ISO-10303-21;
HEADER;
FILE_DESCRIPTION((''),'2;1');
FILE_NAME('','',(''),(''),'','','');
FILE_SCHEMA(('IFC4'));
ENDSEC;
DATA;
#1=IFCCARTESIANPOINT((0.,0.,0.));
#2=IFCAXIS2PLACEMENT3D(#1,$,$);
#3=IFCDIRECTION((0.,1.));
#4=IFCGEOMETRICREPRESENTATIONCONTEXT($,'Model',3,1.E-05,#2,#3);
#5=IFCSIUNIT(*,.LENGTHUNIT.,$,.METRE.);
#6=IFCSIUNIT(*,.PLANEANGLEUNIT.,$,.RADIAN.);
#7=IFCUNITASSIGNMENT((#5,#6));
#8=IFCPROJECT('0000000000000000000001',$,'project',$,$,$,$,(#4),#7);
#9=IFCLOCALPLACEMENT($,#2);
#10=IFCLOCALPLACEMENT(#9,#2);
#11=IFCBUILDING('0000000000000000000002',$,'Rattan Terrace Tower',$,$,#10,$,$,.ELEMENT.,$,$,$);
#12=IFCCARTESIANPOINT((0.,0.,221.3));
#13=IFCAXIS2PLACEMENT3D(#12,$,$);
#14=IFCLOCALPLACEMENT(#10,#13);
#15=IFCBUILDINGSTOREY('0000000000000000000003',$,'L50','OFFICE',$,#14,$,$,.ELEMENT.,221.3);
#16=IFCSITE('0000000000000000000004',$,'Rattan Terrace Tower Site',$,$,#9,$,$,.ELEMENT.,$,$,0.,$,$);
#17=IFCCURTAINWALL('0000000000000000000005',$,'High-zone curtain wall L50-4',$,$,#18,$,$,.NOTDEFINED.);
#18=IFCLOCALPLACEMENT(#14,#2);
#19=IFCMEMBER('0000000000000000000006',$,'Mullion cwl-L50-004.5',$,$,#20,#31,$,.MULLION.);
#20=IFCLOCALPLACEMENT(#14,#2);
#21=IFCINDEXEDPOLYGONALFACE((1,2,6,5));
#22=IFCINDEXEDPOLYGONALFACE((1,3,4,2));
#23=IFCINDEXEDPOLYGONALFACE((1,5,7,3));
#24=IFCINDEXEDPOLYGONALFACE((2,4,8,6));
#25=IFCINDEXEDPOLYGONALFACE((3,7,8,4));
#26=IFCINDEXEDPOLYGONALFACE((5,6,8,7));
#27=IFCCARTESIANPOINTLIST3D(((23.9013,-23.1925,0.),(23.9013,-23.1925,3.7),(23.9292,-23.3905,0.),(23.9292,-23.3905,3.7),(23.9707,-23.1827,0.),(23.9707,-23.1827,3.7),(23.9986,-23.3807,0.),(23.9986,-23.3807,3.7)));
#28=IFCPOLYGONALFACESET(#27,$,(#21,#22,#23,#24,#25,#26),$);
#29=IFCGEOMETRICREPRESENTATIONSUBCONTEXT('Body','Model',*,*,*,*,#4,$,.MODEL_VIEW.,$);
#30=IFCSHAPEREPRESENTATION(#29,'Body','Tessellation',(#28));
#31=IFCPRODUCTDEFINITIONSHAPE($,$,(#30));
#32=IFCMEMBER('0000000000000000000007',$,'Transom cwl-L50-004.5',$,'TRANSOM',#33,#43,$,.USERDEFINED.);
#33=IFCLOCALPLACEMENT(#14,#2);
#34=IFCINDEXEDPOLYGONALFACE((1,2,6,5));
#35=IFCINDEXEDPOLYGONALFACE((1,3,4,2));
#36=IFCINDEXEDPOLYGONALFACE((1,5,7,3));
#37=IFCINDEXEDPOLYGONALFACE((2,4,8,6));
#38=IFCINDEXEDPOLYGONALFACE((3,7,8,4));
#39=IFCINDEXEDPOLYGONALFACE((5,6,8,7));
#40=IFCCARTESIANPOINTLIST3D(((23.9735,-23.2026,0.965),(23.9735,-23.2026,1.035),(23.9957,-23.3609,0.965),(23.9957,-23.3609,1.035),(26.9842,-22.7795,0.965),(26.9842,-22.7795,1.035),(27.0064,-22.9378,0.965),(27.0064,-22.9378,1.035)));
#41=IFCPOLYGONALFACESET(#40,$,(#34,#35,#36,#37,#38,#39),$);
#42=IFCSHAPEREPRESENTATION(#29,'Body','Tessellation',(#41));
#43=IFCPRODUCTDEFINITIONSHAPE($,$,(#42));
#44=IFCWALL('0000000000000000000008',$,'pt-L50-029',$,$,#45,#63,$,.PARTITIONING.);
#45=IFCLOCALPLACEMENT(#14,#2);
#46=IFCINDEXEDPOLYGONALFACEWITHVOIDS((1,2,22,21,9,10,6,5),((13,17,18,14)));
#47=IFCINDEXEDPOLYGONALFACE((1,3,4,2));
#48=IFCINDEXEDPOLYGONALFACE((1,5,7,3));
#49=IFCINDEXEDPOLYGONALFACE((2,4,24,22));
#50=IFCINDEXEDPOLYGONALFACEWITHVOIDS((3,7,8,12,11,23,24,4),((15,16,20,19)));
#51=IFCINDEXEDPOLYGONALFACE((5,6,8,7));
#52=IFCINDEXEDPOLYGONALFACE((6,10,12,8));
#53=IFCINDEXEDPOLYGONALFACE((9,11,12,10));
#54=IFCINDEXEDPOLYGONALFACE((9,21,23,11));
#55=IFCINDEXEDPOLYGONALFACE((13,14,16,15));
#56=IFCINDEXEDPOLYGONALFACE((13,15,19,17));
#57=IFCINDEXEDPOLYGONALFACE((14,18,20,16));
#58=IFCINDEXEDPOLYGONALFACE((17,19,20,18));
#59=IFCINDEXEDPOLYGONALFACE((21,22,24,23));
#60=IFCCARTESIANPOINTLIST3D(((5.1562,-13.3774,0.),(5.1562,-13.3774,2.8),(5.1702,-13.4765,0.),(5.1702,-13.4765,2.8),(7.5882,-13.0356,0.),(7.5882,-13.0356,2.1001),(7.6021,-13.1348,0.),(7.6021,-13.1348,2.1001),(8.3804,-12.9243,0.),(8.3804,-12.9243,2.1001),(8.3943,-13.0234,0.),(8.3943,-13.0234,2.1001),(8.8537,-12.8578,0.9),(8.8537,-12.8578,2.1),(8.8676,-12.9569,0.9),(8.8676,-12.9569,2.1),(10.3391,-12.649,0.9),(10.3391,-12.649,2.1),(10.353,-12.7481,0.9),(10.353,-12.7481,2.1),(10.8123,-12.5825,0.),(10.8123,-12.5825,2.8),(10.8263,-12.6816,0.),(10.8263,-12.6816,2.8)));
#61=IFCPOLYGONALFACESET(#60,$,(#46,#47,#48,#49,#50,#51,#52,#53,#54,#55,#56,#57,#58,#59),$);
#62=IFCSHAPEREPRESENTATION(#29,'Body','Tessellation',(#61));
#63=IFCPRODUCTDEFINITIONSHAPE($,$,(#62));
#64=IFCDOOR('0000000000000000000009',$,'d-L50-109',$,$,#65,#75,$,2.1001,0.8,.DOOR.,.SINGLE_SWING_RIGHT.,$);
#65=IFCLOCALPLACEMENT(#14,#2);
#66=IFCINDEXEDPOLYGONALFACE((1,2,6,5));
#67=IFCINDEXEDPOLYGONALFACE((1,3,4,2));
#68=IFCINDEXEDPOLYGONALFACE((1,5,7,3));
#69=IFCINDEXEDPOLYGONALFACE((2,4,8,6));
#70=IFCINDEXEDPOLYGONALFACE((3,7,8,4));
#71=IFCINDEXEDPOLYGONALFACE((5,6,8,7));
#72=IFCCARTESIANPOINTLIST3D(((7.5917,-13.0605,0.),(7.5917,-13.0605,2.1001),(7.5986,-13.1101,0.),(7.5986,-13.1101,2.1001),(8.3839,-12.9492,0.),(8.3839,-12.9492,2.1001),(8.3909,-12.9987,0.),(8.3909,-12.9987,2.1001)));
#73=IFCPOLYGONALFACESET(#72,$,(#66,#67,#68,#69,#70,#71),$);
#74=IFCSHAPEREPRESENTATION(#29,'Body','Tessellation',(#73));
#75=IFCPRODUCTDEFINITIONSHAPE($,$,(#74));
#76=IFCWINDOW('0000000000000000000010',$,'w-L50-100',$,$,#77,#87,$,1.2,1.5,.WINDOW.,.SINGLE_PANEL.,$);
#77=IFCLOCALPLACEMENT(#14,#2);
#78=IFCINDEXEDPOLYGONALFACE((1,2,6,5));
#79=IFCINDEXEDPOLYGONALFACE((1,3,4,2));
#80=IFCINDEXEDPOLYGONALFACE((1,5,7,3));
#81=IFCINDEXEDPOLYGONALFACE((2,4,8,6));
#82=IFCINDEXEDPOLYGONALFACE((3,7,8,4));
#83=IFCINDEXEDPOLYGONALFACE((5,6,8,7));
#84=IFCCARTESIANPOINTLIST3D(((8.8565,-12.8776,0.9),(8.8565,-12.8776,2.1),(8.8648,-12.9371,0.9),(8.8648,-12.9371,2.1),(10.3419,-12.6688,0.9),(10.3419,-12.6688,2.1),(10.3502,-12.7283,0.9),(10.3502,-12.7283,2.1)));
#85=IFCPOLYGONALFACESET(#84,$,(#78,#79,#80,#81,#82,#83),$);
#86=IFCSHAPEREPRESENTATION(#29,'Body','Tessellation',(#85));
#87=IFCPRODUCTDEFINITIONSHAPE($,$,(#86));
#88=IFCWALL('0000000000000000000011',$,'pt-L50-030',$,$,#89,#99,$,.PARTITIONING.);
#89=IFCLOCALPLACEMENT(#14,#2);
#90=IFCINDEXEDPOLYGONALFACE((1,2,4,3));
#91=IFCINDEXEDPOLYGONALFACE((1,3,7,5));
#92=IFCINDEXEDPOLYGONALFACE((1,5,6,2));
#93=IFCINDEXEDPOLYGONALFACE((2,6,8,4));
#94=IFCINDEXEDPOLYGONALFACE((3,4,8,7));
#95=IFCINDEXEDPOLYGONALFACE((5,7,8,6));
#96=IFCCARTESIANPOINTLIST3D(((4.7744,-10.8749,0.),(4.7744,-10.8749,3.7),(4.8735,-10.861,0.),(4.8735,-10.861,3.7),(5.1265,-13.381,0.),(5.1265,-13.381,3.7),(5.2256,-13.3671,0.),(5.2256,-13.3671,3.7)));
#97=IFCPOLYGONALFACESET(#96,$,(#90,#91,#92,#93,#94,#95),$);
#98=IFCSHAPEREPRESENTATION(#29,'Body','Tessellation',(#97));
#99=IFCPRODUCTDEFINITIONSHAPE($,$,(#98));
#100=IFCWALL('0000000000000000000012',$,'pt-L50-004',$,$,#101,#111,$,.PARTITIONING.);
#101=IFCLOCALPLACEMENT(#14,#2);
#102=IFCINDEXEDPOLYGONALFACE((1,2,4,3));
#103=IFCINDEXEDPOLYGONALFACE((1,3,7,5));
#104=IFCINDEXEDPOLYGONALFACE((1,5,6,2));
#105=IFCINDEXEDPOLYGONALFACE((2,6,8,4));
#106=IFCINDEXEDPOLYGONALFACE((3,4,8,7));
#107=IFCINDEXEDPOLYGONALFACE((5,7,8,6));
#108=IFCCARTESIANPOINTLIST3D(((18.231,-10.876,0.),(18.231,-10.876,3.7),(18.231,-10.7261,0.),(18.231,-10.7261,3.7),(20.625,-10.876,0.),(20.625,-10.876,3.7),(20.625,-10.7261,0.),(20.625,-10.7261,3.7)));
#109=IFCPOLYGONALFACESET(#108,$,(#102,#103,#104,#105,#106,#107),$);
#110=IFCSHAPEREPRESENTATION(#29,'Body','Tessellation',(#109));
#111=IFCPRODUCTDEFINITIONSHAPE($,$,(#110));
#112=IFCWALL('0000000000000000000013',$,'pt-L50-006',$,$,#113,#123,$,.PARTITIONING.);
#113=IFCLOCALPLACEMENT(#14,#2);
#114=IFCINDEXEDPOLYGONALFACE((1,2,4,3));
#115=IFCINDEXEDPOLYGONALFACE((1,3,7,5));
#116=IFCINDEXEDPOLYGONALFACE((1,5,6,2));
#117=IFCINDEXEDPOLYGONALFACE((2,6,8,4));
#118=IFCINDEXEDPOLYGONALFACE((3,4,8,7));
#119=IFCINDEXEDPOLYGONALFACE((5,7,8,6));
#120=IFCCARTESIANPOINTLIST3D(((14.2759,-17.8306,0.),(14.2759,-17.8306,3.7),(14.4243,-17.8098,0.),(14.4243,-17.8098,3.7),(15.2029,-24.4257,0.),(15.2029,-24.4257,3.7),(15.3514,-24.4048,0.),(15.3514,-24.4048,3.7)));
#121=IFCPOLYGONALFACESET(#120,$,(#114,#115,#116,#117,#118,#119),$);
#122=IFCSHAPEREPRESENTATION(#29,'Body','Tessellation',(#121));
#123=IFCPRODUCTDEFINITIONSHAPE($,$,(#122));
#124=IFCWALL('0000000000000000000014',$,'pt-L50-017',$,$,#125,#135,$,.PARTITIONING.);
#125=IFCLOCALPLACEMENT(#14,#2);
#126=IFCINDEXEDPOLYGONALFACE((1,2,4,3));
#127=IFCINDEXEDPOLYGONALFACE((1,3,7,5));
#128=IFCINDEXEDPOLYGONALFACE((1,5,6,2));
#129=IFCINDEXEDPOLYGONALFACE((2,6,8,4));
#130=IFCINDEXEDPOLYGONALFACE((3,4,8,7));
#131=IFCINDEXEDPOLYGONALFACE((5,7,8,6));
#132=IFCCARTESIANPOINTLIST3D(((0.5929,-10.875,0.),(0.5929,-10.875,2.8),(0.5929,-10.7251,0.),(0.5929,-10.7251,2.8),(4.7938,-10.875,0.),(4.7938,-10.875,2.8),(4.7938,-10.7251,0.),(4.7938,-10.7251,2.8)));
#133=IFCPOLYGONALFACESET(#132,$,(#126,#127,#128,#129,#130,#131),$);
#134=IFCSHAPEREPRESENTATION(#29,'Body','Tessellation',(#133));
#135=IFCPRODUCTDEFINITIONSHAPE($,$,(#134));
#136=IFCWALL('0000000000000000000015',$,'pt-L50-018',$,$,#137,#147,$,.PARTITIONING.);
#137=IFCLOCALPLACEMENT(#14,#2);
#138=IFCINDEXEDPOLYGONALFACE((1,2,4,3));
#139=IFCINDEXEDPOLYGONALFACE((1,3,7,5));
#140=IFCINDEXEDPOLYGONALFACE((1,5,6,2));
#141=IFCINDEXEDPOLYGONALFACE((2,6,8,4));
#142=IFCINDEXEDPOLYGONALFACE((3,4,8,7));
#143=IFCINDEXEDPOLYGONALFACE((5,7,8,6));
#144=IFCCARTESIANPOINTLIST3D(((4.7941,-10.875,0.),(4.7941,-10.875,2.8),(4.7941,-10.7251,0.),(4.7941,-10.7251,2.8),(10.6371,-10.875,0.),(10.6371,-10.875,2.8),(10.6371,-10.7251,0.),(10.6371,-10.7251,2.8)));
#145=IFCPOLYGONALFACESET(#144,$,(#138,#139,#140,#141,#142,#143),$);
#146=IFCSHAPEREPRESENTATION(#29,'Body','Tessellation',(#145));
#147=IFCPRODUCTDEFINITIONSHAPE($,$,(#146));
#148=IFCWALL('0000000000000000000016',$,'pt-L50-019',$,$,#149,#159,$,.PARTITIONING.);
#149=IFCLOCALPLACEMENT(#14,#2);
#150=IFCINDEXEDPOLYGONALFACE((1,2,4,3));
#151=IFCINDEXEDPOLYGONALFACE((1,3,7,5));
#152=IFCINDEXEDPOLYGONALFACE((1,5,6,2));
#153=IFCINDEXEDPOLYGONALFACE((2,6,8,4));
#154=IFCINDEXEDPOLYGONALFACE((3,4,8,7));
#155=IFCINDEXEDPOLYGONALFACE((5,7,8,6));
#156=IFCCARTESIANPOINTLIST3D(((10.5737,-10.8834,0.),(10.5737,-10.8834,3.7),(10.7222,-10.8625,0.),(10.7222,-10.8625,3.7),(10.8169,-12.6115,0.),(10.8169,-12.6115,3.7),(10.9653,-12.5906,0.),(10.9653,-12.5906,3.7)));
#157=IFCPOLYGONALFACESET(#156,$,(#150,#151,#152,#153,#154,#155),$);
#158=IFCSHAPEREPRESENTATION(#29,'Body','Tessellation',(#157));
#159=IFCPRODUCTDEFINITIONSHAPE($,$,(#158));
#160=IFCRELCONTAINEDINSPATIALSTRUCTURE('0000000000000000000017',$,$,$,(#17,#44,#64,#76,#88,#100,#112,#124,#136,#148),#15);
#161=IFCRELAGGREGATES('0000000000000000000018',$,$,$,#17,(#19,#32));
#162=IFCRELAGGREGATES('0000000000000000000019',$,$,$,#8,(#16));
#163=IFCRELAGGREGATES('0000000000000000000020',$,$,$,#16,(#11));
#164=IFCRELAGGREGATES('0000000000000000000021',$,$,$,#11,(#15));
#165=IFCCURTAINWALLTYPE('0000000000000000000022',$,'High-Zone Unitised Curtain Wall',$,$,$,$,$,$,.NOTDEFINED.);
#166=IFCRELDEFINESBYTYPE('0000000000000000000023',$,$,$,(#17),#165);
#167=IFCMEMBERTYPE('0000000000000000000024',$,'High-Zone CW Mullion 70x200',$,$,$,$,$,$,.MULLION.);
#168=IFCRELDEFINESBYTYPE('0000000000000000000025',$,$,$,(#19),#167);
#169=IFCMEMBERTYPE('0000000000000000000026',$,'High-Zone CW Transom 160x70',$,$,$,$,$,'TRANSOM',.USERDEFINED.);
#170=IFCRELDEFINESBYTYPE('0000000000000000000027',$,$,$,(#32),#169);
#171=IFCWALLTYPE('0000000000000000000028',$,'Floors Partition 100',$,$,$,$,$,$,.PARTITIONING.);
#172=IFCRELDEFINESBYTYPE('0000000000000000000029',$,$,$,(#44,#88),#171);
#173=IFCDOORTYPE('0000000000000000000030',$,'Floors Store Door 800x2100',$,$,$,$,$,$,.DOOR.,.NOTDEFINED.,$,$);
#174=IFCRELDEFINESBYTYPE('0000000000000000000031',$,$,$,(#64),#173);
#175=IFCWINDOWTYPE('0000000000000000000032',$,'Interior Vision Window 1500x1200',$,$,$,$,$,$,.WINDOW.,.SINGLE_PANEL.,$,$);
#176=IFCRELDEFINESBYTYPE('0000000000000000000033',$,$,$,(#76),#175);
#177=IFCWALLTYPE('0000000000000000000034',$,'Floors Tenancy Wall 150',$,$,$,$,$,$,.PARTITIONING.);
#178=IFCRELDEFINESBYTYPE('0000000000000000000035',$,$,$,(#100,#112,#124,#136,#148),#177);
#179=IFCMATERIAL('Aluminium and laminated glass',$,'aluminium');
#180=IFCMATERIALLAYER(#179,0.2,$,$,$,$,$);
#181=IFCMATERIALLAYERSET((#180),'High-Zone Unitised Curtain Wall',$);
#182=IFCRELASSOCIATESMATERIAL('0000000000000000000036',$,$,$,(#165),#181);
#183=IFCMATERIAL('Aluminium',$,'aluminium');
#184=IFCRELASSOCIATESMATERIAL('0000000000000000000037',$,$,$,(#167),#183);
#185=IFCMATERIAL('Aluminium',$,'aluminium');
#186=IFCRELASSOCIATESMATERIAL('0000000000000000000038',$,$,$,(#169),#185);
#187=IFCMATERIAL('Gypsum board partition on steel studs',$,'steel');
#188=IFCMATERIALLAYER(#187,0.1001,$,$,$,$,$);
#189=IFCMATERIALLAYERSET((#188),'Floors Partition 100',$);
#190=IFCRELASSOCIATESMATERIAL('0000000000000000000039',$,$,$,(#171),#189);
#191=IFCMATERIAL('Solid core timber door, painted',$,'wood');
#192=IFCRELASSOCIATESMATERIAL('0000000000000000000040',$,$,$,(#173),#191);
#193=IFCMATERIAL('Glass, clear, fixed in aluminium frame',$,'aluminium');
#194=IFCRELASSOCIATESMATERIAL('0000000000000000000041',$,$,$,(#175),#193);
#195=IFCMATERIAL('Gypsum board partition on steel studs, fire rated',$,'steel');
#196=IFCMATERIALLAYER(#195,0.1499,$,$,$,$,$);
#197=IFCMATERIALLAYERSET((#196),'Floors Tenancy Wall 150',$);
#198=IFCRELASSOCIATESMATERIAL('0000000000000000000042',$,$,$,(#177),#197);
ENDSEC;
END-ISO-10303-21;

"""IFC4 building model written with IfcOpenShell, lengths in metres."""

from ifc_helpers import new_model, si_unit, direction, frame, frame_2d, origin, origin_2d, place, context, subcontext, project, spatial, rectangle, extrude, material, layer, layer_set, material_profile, profile_set, type_object, element, fill, aggregate, save


model = new_model("IFC4")

# Units and contexts
model_context = context("Model", 3, precision=1e-05, world=origin(), true_north=direction((0.0, 1.0)))
body_context = subcontext(model_context, "Body", "Model", "MODEL_VIEW")
ifc_project = project(units=[si_unit("LENGTHUNIT", "METRE"), si_unit("PLANEANGLEUNIT", "RADIAN")], contexts=[model_context])

# Site, building, storey
site_placement = place(None, origin())
site = spatial("IfcSite", under=ifc_project, at=site_placement, Name="Rattan Terrace Tower Site", CompositionType="ELEMENT", RefElevation=0.0)
building_placement = place(site_placement, origin())
building = spatial("IfcBuilding", under=site, at=building_placement, Name="Rattan Terrace Tower", CompositionType="ELEMENT")
storey_placement = place(building_placement, frame((0.0, 0.0, 221.3)))
storey = spatial("IfcBuildingStorey", under=building, at=storey_placement, Name="L50", Description="OFFICE", CompositionType="ELEMENT", Elevation=221.3)

# Curtain wall, members
ifc_material_1 = material(Name="Aluminium and laminated glass", Category="aluminium")
ifc_layer_1 = layer(ifc_material_1, 0.2)
ifc_layer_set_1 = layer_set([ifc_layer_1], Name="High-Zone Unitised Curtain Wall")
curtain_wall_type = type_object("IfcCurtainWallType", Name="High-Zone Unitised Curtain Wall", PredefinedType="NOTDEFINED", material=ifc_layer_set_1)
curtain_wall_placement = place(storey_placement, origin())
curtain_wall = element("IfcCurtainWall", 1, at=curtain_wall_placement, inside=storey, type_object=curtain_wall_type, Name="High-zone curtain wall L50-4", PredefinedType="NOTDEFINED")
ifc_material_2 = material(Name="Aluminium", Category="aluminium")
ifc_material_profile_1 = material_profile(ifc_material_2, rectangle(XDim=0.0701, YDim=0.2, at=origin_2d()), Name="Aluminium 70x200")
ifc_profile_set_1 = profile_set([ifc_material_profile_1], Name="Aluminium")
member_type_1 = type_object("IfcMemberType", Name="High-Zone CW Mullion 70x200", PredefinedType="MULLION", material=ifc_profile_set_1)
member_1_placement = place(storey_placement, frame((23.95, -23.2866, 0.0), z_axis=(0.0, 0.0, 1.0), x_axis=(0.990267, 0.139177, 0.0)))
member_1 = element("IfcMember", 2, at=member_1_placement, type_object=member_type_1, Name="Mullion cwl-L50-004.5", PredefinedType="MULLION", context=body_context, shape_type="SweptSolid", body=[
    extrude(rectangle(XDim=0.0701, YDim=0.2, at=origin_2d()), origin(), (0.0, 0.0, 1.0), 3.7),
])
ifc_material_3 = material(Name="Aluminium", Category="aluminium")
ifc_material_profile_2 = material_profile(ifc_material_3, rectangle(XDim=0.1599, YDim=0.0701, at=origin_2d()), Name="Aluminium 160x70")
ifc_profile_set_2 = profile_set([ifc_material_profile_2], Name="Aluminium")
member_type_2 = type_object("IfcMemberType", Name="High-Zone CW Transom 160x70", ElementType="TRANSOM", PredefinedType="USERDEFINED", material=ifc_profile_set_2)
member_2_placement = place(storey_placement, frame((23.9846, -23.2817, 1.0), z_axis=(0.99027, 0.139161, 0.0), x_axis=(-0.139161, 0.99027, 0.0)))
member_2 = element("IfcMember", 3, at=member_2_placement, type_object=member_type_2, Name="Transom cwl-L50-004.5", ObjectType="TRANSOM", PredefinedType="USERDEFINED", context=body_context, shape_type="SweptSolid", body=[
    extrude(rectangle(XDim=0.1599, YDim=0.0701, at=origin_2d()), origin(), (0.0, 0.0, 1.0), 3.0403),
])
aggregate(curtain_wall, [member_1, member_2])

# Wall, openings, door, window
ifc_material_4 = material(Name="Gypsum board partition on steel studs", Category="steel")
ifc_layer_2 = layer(ifc_material_4, 0.1001)
ifc_layer_set_2 = layer_set([ifc_layer_2], Name="Floors Partition 100")
wall_type_1 = type_object("IfcWallType", Name="Floors Partition 100", PredefinedType="PARTITIONING", material=ifc_layer_set_2)
wall_1_placement = place(storey_placement, frame((5.1631, -13.427, 0.0), z_axis=(0.0, 0.0, 1.0), x_axis=(0.990268, 0.139177, 0.0)))
wall_1 = element("IfcWall", 4, at=wall_1_placement, inside=storey, type_object=wall_type_1, Name="pt-L50-029", PredefinedType="PARTITIONING", context=body_context, shape_type="SweptSolid", body=[
    extrude(rectangle(XDim=5.7117, YDim=0.1001, at=frame_2d((2.856, 0.0))), origin(), (0.0, 0.0, 1.0), 2.8),
])
opening_1_placement = place(wall_1_placement, frame((2.4561, 0.0, 0.0)))
opening_1 = element("IfcOpeningElement", 5, at=opening_1_placement, cuts=wall_1, PredefinedType="OPENING", context=body_context, shape_type="SweptSolid", body=[
    extrude(rectangle(XDim=0.8, YDim=2.1001, at=frame_2d((0.3999, 1.05))), frame((0.0, 0.0605, 0.0), z_axis=(0.0, -1.0, 0.0), x_axis=(1.0, 0.0, 0.0)), (0.0, 0.0, 1.0), 0.1211),
])
opening_2_placement = place(wall_1_placement, frame((3.7339, 0.0, 0.8999)))
opening_2 = element("IfcOpeningElement", 6, at=opening_2_placement, cuts=wall_1, PredefinedType="OPENING", context=body_context, shape_type="SweptSolid", body=[
    extrude(rectangle(XDim=1.5, YDim=1.2, at=frame_2d((0.75, 0.6001))), frame((0.0, 0.0605, 0.0), z_axis=(0.0, -1.0, 0.0), x_axis=(1.0, 0.0, 0.0)), (0.0, 0.0, 1.0), 0.1211),
])
ifc_material_5 = material(Name="Solid core timber door, painted", Category="wood")
door_type_1 = type_object("IfcDoorType", Name="Floors Store Door 800x2100", OperationType="NOTDEFINED", PredefinedType="DOOR", material=ifc_material_5)
door_1_placement = place(opening_1_placement, origin())
door_1 = element("IfcDoor", 7, at=door_1_placement, inside=storey, type_object=door_type_1, Name="d-L50-109", OperationType="SINGLE_SWING_RIGHT", OverallHeight=2.1001, OverallWidth=0.8, PredefinedType="DOOR", context=body_context, shape_type="SweptSolid", body=[
    extrude(rectangle(XDim=0.8, YDim=2.1001, at=frame_2d((0.3999, 1.05))), frame((0.0, 0.0249, 0.0), z_axis=(0.0, -1.0, 0.0), x_axis=(1.0, 0.0, 0.0)), (0.0, 0.0, 1.0), 0.05),
])
fill(opening_1, door_1)
ifc_material_6 = material(Name="Glass, clear, fixed in aluminium frame", Category="aluminium")
window_type = type_object("IfcWindowType", Name="Interior Vision Window 1500x1200", PartitioningType="SINGLE_PANEL", PredefinedType="WINDOW", material=ifc_material_6)
window_placement = place(opening_2_placement, origin())
window = element("IfcWindow", 8, at=window_placement, inside=storey, type_object=window_type, Name="w-L50-100", OverallHeight=1.2, OverallWidth=1.5, PartitioningType="SINGLE_PANEL", PredefinedType="WINDOW", context=body_context, shape_type="SweptSolid", body=[
    extrude(rectangle(XDim=1.5, YDim=1.2, at=frame_2d((0.75, 0.6001))), frame((0.0, 0.03, 0.0), z_axis=(0.0, -1.0, 0.0), x_axis=(1.0, 0.0, 0.0)), (0.0, 0.0, 1.0), 0.0601),
])
fill(opening_2, window)

# Walls
wall_2_placement = place(storey_placement, frame((4.824, -10.8679, 0.0), z_axis=(0.0, 0.0, 1.0), x_axis=(0.139111, -0.990277, 0.0)))
element("IfcWall", 9, at=wall_2_placement, inside=storey, type_object=wall_type_1, Name="pt-L50-030", PredefinedType="PARTITIONING", context=body_context, shape_type="SweptSolid", body=[
    extrude(rectangle(XDim=2.5308, YDim=0.1001, at=frame_2d((1.2654, 0.0))), origin(), (0.0, 0.0, 1.0), 3.7),
])
ifc_material_7 = material(Name="Gypsum board partition on steel studs, fire rated", Category="steel")
ifc_layer_3 = layer(ifc_material_7, 0.1499)
ifc_layer_set_3 = layer_set([ifc_layer_3], Name="Floors Tenancy Wall 150")
wall_type_2 = type_object("IfcWallType", Name="Floors Tenancy Wall 150", PredefinedType="PARTITIONING", material=ifc_layer_set_3)
wall_3_placement = place(storey_placement, frame((20.625, -10.801, 0.0), z_axis=(0.0, 0.0, 1.0), x_axis=(-1.0, 0.0, 0.0)))
element("IfcWall", 10, at=wall_3_placement, inside=storey, type_object=wall_type_2, Name="pt-L50-004", PredefinedType="PARTITIONING", context=body_context, shape_type="SweptSolid", body=[
    extrude(rectangle(XDim=2.394, YDim=0.1499, at=frame_2d((1.197, 0.0))), origin(), (0.0, 0.0, 1.0), 3.7),
])
wall_4_placement = place(storey_placement, frame((14.3501, -17.8201, 0.0), z_axis=(0.0, 0.0, 1.0), x_axis=(0.139194, -0.990265, 0.0)))
element("IfcWall", 11, at=wall_4_placement, inside=storey, type_object=wall_type_2, Name="pt-L50-006", PredefinedType="PARTITIONING", context=body_context, shape_type="SweptSolid", body=[
    extrude(rectangle(XDim=6.6599, YDim=0.1499, at=frame_2d((3.3301, 0.0))), origin(), (0.0, 0.0, 1.0), 3.7),
])
wall_5_placement = place(storey_placement, frame((4.7939, -10.8, 0.0), z_axis=(0.0, 0.0, 1.0), x_axis=(-1.0, 0.0, 0.0)))
element("IfcWall", 12, at=wall_5_placement, inside=storey, type_object=wall_type_2, Name="pt-L50-017", PredefinedType="PARTITIONING", context=body_context, shape_type="SweptSolid", body=[
    extrude(rectangle(XDim=4.2009, YDim=0.1499, at=frame_2d((2.1006, 0.0))), origin(), (0.0, 0.0, 1.0), 2.8),
])
wall_6_placement = place(storey_placement, frame((10.637, -10.8, 0.0), z_axis=(0.0, 0.0, 1.0), x_axis=(-1.0, 0.0, 0.0)))
element("IfcWall", 13, at=wall_6_placement, inside=storey, type_object=wall_type_2, Name="pt-L50-018", PredefinedType="PARTITIONING", context=body_context, shape_type="SweptSolid", body=[
    extrude(rectangle(XDim=5.843, YDim=0.1499, at=frame_2d((2.9214, 0.0))), origin(), (0.0, 0.0, 1.0), 2.8),
])
wall_7_placement = place(storey_placement, frame((10.8911, -12.6011, 0.0), z_axis=(0.0, 0.0, 1.0), x_axis=(-0.139345, 0.990244, 0.0)))
element("IfcWall", 14, at=wall_7_placement, inside=storey, type_object=wall_type_2, Name="pt-L50-019", PredefinedType="PARTITIONING", context=body_context, shape_type="SweptSolid", body=[
    extrude(rectangle(XDim=1.7451, YDim=0.1499, at=frame_2d((0.8726, 0.0))), origin(), (0.0, 0.0, 1.0), 3.7),
])

save(model, "model.ifc")
